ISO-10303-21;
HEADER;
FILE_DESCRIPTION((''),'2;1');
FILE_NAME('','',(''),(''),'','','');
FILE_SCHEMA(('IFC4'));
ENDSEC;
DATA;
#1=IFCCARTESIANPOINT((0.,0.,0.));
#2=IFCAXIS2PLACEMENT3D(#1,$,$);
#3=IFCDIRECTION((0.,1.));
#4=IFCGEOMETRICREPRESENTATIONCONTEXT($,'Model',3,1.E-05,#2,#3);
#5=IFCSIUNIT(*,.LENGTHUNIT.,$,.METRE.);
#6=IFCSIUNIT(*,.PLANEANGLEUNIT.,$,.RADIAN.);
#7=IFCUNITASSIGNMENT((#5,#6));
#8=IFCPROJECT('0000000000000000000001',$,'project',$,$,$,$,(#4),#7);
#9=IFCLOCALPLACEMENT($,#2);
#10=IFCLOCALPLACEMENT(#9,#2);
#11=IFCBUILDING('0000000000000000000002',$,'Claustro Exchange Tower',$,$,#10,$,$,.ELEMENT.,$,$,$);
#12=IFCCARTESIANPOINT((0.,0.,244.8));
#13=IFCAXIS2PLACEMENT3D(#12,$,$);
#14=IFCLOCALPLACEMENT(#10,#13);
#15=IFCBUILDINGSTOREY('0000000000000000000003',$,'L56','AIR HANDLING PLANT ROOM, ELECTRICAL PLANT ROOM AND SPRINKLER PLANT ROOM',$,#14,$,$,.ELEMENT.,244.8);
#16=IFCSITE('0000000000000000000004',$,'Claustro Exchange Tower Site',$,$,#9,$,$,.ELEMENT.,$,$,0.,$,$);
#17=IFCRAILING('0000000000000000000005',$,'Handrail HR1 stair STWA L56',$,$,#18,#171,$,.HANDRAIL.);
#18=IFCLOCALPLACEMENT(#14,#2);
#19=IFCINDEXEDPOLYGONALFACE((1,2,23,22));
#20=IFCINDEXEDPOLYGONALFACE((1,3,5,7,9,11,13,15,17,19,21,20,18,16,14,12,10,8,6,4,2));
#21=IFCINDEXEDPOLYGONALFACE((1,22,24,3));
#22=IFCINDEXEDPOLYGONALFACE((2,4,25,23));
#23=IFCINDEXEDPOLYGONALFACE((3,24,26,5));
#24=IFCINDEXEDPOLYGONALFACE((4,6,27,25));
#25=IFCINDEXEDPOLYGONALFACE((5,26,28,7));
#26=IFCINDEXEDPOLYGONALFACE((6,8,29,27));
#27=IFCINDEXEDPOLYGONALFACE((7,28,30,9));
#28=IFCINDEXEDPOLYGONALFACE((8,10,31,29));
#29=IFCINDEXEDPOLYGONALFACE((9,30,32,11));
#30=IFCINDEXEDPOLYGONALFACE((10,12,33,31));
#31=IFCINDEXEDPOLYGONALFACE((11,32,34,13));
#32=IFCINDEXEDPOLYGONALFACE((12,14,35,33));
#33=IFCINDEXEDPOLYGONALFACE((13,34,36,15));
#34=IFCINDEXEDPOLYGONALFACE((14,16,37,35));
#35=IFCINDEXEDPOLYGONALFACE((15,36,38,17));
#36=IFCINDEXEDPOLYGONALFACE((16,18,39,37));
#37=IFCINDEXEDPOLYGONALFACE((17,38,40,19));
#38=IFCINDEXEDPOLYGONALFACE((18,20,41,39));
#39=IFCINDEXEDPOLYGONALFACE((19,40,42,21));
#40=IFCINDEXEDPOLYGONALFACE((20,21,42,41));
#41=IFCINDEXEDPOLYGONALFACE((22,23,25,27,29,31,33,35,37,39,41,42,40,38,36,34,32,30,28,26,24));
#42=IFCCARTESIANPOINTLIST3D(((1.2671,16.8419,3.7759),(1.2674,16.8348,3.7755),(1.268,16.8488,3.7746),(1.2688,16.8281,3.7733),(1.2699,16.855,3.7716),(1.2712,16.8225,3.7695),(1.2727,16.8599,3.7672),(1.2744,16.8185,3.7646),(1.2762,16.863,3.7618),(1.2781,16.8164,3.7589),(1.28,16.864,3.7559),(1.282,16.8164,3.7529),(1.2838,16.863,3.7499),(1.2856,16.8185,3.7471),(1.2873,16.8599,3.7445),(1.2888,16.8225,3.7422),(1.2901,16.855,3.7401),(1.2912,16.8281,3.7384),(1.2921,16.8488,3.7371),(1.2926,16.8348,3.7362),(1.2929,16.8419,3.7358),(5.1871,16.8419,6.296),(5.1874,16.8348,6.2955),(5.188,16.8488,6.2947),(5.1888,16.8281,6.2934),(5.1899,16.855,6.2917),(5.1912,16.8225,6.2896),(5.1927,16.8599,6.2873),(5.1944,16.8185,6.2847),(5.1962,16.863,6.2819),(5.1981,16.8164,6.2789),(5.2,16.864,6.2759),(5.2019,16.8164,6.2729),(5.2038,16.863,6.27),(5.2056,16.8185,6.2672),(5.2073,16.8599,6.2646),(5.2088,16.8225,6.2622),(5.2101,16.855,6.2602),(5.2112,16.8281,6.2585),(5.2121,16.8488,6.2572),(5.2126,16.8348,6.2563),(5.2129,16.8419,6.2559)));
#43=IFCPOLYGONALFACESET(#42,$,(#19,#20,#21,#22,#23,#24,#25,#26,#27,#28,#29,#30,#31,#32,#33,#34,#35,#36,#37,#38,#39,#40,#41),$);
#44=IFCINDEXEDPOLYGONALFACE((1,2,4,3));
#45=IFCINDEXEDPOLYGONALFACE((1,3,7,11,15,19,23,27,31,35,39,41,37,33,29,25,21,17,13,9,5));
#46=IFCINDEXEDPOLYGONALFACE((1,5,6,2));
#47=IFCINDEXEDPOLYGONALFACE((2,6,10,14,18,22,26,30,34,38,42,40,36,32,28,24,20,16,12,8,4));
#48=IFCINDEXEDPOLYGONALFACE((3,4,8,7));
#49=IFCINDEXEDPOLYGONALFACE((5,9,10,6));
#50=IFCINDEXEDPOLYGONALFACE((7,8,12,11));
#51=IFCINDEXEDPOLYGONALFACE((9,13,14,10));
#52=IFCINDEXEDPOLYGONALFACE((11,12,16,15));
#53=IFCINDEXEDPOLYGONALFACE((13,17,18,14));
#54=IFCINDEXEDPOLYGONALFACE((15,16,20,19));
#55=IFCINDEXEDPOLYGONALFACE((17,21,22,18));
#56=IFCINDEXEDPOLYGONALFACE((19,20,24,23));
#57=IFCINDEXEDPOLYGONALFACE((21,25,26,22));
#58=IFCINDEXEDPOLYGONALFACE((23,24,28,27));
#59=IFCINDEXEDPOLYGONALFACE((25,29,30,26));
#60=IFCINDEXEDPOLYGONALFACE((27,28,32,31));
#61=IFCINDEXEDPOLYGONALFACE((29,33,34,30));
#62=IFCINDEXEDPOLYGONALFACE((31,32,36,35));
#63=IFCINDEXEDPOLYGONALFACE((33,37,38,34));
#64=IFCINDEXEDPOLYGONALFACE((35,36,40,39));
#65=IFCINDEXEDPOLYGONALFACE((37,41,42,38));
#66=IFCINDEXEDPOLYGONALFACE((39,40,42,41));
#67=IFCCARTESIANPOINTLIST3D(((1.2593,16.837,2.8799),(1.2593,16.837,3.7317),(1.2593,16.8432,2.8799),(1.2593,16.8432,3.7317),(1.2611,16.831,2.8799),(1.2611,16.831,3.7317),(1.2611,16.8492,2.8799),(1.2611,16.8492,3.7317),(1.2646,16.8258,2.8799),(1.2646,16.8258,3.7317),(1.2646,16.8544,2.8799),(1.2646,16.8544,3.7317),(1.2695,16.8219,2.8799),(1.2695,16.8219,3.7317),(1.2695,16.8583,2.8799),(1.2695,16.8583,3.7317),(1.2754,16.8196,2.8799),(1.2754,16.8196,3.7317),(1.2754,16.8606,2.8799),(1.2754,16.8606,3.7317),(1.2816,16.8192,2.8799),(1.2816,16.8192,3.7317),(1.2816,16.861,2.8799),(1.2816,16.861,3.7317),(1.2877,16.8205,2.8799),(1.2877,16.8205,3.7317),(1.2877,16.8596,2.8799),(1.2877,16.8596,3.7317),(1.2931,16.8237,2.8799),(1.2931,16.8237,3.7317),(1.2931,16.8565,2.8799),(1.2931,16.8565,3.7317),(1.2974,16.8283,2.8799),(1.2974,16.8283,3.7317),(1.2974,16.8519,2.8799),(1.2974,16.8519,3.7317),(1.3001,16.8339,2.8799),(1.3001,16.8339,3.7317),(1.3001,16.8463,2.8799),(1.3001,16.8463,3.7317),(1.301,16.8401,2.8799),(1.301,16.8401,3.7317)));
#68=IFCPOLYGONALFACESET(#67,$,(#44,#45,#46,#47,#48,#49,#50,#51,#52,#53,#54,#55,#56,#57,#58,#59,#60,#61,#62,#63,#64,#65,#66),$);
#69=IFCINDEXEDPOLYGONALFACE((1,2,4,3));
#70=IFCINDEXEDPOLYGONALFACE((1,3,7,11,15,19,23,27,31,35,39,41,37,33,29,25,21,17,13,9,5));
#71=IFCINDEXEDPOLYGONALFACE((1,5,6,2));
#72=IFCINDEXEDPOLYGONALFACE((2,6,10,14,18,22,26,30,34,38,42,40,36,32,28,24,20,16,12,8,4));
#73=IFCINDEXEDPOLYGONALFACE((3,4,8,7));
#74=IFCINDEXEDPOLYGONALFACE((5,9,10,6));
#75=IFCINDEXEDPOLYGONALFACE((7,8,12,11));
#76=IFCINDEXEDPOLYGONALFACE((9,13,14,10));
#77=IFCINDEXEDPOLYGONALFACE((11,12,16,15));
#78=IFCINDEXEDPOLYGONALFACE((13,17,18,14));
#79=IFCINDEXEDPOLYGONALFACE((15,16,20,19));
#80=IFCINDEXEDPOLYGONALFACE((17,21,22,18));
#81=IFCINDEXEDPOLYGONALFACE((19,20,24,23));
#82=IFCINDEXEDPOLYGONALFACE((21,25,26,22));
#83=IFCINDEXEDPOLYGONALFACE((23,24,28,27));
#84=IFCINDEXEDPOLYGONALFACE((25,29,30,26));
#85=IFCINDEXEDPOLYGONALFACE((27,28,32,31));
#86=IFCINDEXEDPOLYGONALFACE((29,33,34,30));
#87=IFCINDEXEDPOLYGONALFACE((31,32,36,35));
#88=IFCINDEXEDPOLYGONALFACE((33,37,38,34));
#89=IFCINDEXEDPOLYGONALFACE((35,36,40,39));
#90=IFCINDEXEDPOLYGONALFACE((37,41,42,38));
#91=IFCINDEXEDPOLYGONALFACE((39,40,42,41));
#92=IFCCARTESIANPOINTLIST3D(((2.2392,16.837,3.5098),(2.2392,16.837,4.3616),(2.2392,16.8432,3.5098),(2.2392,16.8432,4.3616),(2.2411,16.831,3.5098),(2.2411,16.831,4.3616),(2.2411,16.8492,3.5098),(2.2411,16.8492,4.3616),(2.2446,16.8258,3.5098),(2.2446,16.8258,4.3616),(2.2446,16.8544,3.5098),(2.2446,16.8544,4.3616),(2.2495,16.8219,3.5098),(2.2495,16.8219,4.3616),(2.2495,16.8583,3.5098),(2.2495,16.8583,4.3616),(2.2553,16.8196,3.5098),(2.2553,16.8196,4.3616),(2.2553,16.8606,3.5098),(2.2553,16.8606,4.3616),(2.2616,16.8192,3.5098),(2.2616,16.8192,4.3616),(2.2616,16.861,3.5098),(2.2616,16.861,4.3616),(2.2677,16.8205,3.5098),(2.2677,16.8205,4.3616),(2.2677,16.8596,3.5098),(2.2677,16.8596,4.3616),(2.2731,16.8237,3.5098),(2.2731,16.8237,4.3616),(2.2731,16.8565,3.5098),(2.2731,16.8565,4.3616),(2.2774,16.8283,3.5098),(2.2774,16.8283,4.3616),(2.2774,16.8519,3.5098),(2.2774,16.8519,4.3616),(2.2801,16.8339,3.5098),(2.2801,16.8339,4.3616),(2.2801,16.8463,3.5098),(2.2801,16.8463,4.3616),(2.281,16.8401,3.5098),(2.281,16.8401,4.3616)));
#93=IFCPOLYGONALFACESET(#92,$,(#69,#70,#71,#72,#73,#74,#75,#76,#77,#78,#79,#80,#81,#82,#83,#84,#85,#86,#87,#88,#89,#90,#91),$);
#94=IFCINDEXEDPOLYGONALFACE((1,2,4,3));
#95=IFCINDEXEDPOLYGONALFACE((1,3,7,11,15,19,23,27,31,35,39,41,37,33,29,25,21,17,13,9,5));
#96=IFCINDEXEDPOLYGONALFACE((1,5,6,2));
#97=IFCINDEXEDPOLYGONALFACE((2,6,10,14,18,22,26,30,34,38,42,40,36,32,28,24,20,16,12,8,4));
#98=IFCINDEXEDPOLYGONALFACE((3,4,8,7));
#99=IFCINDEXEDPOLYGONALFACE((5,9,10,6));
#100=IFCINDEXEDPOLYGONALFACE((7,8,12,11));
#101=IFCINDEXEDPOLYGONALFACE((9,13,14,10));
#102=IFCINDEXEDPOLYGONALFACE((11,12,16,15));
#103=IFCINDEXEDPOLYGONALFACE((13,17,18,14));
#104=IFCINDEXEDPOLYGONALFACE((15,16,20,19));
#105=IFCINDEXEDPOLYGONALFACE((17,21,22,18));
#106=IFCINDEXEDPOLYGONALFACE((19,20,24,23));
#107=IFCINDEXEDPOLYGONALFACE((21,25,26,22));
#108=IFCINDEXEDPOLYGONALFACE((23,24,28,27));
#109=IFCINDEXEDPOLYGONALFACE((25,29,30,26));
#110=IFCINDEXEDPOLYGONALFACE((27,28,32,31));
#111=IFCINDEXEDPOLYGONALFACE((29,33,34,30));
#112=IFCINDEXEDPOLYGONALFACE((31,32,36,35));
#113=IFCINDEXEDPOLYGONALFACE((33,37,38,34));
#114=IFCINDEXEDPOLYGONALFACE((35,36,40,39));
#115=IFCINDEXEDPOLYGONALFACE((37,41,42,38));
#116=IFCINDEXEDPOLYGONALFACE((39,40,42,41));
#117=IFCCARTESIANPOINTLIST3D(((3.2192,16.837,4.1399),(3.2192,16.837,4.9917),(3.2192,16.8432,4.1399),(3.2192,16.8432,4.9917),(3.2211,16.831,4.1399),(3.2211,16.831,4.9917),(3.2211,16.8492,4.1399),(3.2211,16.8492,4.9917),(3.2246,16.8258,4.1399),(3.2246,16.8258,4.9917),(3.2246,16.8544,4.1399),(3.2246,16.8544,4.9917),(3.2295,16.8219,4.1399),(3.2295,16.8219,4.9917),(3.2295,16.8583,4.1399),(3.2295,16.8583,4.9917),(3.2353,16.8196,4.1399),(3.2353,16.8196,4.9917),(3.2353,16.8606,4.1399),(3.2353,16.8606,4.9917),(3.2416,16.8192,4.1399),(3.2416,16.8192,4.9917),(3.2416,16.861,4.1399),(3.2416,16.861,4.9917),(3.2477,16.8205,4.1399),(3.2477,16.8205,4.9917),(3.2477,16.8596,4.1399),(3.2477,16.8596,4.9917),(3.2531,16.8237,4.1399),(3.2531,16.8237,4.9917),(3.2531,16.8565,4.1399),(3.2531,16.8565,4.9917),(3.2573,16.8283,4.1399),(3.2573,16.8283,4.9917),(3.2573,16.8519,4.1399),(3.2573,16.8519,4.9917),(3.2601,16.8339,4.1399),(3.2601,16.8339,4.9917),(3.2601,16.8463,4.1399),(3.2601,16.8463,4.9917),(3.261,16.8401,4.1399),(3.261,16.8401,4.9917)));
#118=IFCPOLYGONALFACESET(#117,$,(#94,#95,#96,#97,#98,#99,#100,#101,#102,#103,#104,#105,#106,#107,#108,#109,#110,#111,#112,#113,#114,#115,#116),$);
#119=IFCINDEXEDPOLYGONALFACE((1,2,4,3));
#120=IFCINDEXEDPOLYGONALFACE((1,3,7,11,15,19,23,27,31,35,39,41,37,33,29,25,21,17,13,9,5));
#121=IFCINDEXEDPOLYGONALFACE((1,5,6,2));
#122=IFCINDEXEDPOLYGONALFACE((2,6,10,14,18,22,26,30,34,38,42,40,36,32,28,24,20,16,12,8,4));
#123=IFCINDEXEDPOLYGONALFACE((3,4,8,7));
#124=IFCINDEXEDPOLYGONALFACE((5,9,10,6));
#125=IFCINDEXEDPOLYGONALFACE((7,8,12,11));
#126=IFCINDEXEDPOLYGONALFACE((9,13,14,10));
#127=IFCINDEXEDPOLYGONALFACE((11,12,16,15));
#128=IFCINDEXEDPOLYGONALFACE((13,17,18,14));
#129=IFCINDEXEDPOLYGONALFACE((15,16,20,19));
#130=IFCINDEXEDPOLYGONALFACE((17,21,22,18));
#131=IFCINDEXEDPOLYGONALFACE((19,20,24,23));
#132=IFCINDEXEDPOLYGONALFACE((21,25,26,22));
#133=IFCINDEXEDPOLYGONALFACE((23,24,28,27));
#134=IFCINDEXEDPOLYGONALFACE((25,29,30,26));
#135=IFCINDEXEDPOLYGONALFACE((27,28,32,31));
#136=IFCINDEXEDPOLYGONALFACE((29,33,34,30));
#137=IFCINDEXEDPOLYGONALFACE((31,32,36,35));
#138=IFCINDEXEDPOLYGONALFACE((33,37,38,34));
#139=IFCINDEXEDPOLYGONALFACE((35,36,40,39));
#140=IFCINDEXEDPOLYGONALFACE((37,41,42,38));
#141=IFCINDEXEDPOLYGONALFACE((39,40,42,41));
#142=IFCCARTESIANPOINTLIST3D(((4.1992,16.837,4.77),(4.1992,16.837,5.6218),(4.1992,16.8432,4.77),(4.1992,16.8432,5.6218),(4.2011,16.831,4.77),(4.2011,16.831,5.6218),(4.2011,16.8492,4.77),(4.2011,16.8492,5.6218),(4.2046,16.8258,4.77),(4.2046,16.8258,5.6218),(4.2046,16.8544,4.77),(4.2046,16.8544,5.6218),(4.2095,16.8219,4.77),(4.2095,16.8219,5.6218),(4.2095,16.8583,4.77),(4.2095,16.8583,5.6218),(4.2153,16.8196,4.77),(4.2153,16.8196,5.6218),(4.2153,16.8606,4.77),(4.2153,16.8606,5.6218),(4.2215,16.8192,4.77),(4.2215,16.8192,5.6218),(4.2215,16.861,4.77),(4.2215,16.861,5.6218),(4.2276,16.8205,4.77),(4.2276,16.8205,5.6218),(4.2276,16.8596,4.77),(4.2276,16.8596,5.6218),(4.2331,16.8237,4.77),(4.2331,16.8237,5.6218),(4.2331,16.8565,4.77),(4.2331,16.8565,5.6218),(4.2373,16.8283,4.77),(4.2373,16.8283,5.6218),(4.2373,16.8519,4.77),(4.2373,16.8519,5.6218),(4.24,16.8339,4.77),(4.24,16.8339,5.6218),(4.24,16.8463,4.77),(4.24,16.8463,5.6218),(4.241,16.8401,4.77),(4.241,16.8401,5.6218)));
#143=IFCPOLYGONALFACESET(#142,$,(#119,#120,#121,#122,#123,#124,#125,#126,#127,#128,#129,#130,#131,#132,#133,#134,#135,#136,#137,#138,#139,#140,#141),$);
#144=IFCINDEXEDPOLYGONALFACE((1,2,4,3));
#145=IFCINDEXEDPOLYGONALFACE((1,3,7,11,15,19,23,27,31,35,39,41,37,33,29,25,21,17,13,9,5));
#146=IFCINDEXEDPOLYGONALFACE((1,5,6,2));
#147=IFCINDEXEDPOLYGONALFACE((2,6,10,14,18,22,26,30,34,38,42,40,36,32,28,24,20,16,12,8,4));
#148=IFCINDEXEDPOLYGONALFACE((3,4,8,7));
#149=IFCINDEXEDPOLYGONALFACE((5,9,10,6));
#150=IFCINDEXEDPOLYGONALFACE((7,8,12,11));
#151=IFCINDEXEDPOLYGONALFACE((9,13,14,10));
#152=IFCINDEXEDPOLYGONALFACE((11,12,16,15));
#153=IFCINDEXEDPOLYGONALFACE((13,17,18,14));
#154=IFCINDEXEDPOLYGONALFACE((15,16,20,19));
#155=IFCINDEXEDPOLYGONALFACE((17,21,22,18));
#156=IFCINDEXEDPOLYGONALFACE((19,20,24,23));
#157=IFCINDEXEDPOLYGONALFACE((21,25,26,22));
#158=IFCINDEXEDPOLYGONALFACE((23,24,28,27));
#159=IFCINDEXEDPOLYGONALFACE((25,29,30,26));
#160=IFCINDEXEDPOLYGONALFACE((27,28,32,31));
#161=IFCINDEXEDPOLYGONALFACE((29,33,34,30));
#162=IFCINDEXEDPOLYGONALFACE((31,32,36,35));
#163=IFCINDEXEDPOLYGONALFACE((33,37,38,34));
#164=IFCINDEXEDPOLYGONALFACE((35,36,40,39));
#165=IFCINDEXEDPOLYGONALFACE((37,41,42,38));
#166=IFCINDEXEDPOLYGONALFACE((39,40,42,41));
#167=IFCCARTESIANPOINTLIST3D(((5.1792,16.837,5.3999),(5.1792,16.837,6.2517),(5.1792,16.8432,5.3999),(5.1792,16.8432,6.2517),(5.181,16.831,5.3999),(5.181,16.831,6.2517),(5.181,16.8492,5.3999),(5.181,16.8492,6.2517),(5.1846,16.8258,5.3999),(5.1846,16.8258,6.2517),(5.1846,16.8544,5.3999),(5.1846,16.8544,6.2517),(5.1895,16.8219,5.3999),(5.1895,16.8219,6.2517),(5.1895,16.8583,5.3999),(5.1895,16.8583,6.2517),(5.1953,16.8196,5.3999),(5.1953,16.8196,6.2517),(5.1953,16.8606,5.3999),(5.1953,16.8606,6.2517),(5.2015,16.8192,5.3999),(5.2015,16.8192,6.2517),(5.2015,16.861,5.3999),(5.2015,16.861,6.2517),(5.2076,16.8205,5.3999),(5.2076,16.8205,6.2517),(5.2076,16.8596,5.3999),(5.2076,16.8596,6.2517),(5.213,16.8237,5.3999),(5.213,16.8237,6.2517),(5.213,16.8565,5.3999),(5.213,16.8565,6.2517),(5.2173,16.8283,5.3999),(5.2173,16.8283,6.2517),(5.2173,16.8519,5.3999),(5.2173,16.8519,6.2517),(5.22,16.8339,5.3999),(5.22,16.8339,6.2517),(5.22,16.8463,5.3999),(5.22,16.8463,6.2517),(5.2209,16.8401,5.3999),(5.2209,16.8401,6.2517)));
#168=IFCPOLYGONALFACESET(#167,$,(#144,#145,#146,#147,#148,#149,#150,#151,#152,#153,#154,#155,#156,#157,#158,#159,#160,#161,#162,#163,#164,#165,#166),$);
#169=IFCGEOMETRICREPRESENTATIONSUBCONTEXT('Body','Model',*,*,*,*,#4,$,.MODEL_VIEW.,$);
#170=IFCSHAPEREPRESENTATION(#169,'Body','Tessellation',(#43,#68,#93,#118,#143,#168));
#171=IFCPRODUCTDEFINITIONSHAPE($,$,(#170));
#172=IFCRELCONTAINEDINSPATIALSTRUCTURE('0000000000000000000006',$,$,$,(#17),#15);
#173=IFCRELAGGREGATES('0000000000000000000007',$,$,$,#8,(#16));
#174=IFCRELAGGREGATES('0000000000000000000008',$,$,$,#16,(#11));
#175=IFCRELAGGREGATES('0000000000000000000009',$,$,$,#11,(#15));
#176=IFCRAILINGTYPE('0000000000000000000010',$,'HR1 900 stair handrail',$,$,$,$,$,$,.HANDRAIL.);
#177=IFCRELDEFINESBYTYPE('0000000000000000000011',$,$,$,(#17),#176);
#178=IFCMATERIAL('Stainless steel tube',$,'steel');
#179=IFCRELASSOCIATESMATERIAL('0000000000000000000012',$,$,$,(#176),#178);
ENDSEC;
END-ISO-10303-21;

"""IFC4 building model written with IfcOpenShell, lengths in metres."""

from ifc_helpers import new_model, si_unit, direction, frame, origin, origin_2d, place, context, subcontext, project, spatial, circle, extrude, material, type_object, element, save


model = new_model("IFC4")

# Units and contexts
model_context = context("Model", 3, precision=1e-05, world=origin(), true_north=direction((0.0, 1.0)))
body_context = subcontext(model_context, "Body", "Model", "MODEL_VIEW")
ifc_project = project(units=[si_unit("LENGTHUNIT", "METRE"), si_unit("PLANEANGLEUNIT", "RADIAN")], contexts=[model_context])

# Site, building, storey
site_placement = place(None, origin())
site = spatial("IfcSite", under=ifc_project, at=site_placement, Name="Claustro Exchange Tower Site", CompositionType="ELEMENT", RefElevation=0.0)
building_placement = place(site_placement, origin())
building = spatial("IfcBuilding", under=site, at=building_placement, Name="Claustro Exchange Tower", CompositionType="ELEMENT")
storey_placement = place(building_placement, frame((0.0, 0.0, 244.8)))
storey = spatial("IfcBuildingStorey", under=building, at=storey_placement, Name="L56", Description="AIR HANDLING PLANT ROOM, ELECTRICAL PLANT ROOM AND SPRINKLER PLANT ROOM", CompositionType="ELEMENT", Elevation=244.8)

# Railing
ifc_material_1 = material(Name="Stainless steel tube", Category="steel")
railing_type_1 = type_object("IfcRailingType", Name="HR1 900 stair handrail", PredefinedType="HANDRAIL", material=ifc_material_1)
railing_1_placement = place(storey_placement, frame((1.28, 16.8401, 2.8799)))
element("IfcRailing", 1, at=railing_1_placement, inside=storey, type_object=railing_type_1, Name="Handrail HR1 stair STWA L56", PredefinedType="HANDRAIL", context=body_context, shape_type="SweptSolid", body=[
    extrude(circle(Radius=0.0239, at=origin_2d()), frame((0.0, 0.0, 0.876), z_axis=(0.841172, 0.0, 0.540768), x_axis=(0.0, 1.0, 0.0)), (0.0, 0.0, 1.0), 4.6602),
    extrude(circle(Radius=0.021, at=origin_2d()), origin(), (0.0, 0.0, 1.0), 0.8518),
    extrude(circle(Radius=0.021, at=origin_2d()), frame((0.98, 0.0, 0.6299)), (0.0, 0.0, 1.0), 0.8518),
    extrude(circle(Radius=0.021, at=origin_2d()), frame((1.96, 0.0, 1.26)), (0.0, 0.0, 1.0), 0.8518),
    extrude(circle(Radius=0.021, at=origin_2d()), frame((2.9399, 0.0, 1.8901)), (0.0, 0.0, 1.0), 0.8518),
    extrude(circle(Radius=0.021, at=origin_2d()), frame((3.9199, 0.0, 2.52)), (0.0, 0.0, 1.0), 0.8518),
])

save(model, "model.ifc")
